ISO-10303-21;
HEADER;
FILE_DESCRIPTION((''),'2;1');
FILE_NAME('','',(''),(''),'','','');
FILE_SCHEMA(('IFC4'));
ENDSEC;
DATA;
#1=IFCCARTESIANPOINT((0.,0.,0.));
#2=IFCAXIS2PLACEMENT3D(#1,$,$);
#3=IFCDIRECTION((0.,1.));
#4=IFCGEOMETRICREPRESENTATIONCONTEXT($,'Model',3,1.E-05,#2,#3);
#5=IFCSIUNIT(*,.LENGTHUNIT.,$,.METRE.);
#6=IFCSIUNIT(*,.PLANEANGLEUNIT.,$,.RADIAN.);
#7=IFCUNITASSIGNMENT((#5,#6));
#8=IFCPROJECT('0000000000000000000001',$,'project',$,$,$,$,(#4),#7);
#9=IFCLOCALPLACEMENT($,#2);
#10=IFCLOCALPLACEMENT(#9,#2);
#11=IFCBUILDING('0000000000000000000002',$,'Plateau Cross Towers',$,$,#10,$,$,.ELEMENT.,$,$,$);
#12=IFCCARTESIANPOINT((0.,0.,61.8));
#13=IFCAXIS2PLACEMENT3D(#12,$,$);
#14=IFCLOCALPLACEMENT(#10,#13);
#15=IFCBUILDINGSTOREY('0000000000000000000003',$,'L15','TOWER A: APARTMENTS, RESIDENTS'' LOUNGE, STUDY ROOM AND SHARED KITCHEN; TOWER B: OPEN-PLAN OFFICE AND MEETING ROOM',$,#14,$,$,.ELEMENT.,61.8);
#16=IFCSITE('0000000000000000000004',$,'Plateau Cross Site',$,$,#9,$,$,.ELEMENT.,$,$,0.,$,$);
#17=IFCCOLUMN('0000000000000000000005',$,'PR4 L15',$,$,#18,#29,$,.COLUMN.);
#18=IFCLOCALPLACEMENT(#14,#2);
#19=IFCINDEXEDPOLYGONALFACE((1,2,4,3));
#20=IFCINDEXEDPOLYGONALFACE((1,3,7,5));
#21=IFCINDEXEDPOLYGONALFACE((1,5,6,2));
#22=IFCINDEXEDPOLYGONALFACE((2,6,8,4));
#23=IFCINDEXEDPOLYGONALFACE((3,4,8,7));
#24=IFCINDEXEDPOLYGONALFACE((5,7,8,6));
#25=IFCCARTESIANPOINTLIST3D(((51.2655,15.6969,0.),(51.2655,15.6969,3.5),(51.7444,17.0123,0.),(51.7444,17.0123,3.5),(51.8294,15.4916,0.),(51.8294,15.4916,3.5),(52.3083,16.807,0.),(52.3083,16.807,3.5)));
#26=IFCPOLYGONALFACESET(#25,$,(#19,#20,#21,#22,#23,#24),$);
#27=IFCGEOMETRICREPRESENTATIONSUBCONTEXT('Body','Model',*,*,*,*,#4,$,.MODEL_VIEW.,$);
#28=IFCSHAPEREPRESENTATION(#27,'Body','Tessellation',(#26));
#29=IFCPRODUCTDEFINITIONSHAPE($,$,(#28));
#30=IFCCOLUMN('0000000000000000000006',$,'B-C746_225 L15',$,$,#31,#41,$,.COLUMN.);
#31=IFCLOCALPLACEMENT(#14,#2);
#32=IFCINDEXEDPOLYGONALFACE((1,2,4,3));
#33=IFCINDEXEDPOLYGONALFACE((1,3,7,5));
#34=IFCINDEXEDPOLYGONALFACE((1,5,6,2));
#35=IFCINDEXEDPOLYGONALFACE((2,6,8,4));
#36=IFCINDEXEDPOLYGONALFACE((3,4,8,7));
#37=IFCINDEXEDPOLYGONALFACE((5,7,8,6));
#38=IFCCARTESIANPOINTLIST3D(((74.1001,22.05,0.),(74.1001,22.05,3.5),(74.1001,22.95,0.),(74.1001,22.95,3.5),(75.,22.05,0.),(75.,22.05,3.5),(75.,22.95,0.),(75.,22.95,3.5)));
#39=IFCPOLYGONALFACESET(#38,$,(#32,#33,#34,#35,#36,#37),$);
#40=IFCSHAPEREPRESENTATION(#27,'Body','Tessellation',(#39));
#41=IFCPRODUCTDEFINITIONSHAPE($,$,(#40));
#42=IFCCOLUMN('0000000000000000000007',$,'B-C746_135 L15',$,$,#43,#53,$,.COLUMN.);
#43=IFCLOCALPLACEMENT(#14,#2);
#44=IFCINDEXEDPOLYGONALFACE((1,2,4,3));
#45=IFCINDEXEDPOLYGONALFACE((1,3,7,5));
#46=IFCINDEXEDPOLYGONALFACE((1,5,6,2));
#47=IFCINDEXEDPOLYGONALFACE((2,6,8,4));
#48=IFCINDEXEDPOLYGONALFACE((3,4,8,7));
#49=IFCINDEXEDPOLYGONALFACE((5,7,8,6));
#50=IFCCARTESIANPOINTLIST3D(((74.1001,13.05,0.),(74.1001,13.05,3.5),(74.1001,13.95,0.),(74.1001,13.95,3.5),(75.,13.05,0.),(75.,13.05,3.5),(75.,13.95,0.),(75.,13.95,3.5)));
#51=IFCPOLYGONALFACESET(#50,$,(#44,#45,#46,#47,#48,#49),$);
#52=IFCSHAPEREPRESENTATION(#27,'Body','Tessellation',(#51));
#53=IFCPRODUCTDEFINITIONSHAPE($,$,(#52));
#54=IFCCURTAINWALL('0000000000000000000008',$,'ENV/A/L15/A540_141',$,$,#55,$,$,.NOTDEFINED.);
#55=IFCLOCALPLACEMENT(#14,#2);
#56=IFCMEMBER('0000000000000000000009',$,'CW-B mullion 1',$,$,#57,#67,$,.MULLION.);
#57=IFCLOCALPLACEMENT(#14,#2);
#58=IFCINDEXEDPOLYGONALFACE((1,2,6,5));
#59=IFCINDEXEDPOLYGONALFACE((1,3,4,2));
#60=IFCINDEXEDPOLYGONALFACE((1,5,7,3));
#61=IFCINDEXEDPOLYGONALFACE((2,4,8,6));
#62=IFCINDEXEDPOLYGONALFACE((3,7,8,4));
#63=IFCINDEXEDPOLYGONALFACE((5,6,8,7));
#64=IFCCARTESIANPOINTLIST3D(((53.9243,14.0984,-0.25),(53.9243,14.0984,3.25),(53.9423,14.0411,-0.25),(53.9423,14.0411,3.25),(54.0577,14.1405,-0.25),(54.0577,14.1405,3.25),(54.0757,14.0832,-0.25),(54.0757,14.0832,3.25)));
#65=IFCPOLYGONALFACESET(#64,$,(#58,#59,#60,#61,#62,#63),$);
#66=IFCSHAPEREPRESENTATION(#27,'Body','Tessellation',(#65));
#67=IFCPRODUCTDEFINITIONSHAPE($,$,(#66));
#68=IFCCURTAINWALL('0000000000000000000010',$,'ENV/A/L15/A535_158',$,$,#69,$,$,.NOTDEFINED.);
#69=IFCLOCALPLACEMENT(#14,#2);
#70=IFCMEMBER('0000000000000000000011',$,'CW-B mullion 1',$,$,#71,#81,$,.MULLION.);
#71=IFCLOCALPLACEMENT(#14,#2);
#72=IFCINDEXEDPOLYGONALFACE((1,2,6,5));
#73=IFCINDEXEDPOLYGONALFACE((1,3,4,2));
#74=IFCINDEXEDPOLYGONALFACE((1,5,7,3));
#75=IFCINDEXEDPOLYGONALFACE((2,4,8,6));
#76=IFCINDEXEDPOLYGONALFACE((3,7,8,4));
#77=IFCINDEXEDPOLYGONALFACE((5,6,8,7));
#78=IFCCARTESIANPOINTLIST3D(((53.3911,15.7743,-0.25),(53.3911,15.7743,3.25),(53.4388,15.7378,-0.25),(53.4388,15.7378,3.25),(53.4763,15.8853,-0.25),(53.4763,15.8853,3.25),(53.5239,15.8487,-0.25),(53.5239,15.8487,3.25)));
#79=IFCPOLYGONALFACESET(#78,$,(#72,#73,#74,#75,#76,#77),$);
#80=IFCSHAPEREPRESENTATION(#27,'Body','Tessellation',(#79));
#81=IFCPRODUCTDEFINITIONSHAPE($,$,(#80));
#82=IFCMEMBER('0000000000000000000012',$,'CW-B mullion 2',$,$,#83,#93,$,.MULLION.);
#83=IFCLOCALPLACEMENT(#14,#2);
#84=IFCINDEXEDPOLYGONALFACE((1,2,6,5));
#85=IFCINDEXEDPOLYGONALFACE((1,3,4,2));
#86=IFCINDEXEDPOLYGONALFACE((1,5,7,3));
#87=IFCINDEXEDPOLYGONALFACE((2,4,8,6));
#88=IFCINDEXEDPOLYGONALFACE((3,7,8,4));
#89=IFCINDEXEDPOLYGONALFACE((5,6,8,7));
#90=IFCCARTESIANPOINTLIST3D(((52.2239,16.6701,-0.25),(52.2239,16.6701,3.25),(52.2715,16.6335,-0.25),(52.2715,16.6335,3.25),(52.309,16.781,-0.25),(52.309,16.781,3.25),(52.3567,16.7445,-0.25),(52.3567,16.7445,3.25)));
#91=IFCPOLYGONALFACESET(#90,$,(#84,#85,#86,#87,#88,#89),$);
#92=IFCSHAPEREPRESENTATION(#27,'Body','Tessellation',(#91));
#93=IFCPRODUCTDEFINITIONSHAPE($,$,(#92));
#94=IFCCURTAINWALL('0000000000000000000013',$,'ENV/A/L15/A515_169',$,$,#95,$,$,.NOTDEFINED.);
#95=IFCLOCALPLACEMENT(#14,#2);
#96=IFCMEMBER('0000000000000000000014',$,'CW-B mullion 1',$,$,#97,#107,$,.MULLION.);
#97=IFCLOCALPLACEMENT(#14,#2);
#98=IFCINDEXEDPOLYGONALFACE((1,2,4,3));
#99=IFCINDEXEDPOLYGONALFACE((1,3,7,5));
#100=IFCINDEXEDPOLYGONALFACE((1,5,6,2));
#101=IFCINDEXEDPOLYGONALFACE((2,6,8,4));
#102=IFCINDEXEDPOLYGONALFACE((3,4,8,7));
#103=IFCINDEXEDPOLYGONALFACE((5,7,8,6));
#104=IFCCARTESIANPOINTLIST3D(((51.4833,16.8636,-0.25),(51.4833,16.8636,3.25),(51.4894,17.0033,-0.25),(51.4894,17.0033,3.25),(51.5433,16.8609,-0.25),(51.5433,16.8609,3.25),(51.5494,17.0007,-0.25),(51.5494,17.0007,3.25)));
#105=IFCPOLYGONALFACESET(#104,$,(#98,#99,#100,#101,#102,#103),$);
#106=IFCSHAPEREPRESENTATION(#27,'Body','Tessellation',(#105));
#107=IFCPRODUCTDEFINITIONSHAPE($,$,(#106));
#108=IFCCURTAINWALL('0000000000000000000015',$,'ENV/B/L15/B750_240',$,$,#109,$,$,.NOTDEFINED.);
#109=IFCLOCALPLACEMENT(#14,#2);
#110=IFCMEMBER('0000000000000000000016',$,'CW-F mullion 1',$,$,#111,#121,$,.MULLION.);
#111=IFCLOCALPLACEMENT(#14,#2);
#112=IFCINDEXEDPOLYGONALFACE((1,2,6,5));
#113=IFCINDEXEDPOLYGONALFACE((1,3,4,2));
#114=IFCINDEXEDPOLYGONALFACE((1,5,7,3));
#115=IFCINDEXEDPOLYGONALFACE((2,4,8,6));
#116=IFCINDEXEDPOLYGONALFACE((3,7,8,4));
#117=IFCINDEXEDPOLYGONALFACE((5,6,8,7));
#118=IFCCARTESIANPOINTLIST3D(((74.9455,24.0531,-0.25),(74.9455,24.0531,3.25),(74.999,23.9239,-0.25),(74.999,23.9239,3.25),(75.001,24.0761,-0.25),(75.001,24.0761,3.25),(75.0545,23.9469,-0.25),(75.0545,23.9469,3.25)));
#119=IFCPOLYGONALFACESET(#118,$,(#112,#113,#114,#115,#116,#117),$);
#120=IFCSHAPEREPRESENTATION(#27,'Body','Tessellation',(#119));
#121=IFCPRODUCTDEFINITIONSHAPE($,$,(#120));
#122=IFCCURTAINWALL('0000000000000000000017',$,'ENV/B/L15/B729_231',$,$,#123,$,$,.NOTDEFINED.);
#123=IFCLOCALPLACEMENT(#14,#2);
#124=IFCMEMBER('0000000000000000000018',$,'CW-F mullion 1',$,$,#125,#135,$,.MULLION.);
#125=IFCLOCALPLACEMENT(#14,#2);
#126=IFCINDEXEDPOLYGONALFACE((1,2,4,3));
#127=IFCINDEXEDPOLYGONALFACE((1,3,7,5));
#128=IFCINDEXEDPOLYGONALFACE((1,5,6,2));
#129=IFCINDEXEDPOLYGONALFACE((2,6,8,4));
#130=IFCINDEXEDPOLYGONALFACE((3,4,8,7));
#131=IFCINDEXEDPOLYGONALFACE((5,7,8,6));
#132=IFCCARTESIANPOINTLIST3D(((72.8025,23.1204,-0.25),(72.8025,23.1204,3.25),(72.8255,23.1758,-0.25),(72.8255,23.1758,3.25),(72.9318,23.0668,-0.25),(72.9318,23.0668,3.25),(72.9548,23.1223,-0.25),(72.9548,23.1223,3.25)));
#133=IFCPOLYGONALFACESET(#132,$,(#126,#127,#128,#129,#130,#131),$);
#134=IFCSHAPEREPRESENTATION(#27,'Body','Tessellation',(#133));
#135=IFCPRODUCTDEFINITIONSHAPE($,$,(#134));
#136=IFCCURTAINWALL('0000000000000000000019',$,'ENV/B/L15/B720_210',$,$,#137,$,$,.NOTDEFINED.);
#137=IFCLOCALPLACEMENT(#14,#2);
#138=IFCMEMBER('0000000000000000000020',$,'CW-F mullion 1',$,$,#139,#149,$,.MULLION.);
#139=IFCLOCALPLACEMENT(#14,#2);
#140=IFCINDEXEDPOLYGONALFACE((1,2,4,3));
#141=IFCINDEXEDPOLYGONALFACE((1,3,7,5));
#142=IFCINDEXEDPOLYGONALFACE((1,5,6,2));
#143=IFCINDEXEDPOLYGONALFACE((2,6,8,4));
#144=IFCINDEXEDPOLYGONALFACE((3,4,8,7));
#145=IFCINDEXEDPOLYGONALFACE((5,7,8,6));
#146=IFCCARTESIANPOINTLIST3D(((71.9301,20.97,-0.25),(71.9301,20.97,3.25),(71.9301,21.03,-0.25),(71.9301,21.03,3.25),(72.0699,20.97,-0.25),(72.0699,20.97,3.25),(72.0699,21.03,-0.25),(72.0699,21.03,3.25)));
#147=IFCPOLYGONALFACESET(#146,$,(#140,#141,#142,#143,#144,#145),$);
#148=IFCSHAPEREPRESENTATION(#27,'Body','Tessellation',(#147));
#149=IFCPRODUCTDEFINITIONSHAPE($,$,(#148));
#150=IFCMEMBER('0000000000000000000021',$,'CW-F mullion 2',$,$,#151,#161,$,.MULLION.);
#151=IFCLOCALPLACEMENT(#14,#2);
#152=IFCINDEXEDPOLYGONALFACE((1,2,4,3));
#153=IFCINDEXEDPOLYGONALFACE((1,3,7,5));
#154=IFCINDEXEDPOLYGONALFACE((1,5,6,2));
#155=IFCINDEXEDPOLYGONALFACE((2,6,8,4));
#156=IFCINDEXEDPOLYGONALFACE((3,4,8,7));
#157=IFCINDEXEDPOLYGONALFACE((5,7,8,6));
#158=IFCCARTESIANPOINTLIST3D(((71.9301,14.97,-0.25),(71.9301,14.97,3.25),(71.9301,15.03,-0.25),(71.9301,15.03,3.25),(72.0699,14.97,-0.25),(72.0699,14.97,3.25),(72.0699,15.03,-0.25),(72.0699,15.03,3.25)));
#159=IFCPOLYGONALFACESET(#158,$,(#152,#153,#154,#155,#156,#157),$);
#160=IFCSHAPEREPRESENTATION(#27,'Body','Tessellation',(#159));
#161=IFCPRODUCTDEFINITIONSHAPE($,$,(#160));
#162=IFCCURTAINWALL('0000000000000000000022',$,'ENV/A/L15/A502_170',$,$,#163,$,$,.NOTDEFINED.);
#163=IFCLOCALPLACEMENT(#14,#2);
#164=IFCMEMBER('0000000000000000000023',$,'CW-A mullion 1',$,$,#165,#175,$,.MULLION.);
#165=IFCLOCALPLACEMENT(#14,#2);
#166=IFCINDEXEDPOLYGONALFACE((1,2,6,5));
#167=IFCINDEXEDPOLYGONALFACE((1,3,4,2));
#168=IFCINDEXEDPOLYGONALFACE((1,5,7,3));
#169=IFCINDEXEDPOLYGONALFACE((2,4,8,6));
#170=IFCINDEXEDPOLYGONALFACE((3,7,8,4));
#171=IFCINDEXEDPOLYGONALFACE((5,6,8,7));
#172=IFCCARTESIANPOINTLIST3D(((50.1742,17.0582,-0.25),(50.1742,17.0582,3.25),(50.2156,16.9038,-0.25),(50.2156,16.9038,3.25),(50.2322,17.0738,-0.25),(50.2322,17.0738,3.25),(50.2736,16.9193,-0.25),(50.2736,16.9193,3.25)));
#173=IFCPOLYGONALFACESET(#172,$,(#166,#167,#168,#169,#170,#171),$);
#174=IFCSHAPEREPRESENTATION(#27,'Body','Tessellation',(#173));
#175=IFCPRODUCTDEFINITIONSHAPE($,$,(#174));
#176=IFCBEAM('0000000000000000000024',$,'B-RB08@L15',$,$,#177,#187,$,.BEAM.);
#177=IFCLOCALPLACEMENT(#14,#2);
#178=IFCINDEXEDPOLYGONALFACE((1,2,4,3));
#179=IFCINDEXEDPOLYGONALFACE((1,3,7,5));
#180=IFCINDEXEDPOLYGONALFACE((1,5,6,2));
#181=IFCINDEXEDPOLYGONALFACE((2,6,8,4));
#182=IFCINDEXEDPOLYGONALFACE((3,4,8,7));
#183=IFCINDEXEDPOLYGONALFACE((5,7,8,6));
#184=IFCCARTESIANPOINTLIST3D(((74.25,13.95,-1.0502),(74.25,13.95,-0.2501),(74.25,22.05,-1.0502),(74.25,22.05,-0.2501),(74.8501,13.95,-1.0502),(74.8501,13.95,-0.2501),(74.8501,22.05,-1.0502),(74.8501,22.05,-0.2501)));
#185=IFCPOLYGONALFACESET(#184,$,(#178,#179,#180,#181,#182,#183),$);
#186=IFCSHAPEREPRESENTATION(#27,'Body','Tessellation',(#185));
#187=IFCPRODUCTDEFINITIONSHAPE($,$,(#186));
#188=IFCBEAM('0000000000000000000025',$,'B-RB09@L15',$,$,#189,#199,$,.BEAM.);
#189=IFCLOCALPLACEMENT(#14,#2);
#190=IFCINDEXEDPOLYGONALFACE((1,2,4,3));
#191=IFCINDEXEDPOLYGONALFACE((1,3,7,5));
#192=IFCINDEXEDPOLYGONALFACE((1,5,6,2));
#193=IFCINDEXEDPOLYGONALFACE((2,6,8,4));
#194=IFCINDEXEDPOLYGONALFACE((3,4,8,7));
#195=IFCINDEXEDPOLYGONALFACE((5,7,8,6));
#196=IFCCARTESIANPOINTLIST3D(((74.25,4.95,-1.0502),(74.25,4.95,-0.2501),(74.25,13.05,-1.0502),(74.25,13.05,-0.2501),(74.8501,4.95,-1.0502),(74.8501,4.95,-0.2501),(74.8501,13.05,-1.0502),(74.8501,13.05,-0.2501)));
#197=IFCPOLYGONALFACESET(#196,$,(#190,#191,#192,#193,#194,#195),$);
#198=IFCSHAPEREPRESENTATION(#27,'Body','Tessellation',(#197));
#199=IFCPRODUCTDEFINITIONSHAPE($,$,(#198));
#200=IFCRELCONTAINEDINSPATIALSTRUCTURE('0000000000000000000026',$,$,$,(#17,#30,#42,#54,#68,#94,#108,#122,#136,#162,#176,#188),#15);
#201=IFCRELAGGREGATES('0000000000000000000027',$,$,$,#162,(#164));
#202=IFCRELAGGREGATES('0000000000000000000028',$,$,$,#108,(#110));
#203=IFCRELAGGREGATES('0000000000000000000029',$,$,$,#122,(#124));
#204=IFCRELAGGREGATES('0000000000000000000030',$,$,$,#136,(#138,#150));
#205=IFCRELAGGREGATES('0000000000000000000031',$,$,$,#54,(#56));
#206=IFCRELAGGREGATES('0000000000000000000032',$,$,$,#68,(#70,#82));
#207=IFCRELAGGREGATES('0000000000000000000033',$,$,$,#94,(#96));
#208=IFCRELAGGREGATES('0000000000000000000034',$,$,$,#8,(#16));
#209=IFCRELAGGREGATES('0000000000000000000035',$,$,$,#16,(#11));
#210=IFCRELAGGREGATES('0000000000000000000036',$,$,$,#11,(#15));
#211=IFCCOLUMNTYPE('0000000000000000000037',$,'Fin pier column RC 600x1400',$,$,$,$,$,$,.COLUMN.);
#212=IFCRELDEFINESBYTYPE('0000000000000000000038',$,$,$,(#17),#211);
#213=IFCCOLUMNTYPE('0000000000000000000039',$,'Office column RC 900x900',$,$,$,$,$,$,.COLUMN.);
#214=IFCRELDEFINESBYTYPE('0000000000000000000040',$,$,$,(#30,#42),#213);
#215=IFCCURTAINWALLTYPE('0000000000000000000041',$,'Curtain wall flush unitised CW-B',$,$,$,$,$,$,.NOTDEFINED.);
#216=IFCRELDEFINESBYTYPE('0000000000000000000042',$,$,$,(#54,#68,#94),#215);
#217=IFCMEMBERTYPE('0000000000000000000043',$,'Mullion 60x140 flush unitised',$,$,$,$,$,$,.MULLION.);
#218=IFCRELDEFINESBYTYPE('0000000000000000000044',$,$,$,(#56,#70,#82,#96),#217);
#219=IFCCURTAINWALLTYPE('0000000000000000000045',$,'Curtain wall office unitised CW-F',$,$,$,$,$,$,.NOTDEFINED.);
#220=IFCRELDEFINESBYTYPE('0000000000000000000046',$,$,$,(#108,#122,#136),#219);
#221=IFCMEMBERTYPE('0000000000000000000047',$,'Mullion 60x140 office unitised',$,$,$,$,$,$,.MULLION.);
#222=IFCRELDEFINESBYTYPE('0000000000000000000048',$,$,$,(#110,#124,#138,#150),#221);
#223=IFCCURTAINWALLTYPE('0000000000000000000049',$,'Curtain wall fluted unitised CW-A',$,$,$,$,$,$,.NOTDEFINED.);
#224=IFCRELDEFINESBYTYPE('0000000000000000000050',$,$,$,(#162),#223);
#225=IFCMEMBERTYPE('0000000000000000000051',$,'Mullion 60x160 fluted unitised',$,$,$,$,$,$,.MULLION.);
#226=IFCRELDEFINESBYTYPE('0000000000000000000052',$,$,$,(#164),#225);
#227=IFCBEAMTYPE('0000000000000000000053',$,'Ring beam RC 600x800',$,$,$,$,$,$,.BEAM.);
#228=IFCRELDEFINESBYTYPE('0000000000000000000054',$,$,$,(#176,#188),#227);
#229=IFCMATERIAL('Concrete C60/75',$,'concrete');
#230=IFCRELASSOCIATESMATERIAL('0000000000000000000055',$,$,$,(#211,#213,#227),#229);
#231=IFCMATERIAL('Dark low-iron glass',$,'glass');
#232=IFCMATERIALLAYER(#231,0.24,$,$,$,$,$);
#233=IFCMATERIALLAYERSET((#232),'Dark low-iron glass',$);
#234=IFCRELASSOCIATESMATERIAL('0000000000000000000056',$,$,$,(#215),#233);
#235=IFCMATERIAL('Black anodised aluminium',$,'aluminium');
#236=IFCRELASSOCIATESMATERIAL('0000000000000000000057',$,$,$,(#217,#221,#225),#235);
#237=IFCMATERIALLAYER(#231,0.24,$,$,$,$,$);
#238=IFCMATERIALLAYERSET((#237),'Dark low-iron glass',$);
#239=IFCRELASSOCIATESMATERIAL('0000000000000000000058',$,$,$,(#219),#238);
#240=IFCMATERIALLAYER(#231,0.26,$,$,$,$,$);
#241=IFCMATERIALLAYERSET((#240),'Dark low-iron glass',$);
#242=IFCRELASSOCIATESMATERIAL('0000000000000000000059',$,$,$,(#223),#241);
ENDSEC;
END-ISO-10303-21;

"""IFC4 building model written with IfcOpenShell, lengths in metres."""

from ifc_helpers import new_model, si_unit, direction, frame, origin, origin_2d, place, context, subcontext, project, spatial, rectangle, extrude, material, layer, layer_set, material_profile, profile_set, type_object, element, aggregate, save


model = new_model("IFC4")

# Units and contexts
model_context = context("Model", 3, precision=1e-05, world=origin(), true_north=direction((0.0, 1.0)))
body_context = subcontext(model_context, "Body", "Model", "MODEL_VIEW")
ifc_project = project(units=[si_unit("LENGTHUNIT", "METRE"), si_unit("PLANEANGLEUNIT", "RADIAN")], contexts=[model_context])

# Site, building, storey
site_placement = place(None, origin())
site = spatial("IfcSite", under=ifc_project, at=site_placement, Name="Plateau Cross Site", CompositionType="ELEMENT", RefElevation=0.0)
building_placement = place(site_placement, origin())
building = spatial("IfcBuilding", under=site, at=building_placement, Name="Plateau Cross Towers", CompositionType="ELEMENT")
storey_placement = place(building_placement, frame((0.0, 0.0, 61.8)))
storey = spatial("IfcBuildingStorey", under=building, at=storey_placement, Name="L15", Description="TOWER A: APARTMENTS, RESIDENTS' LOUNGE, STUDY ROOM AND SHARED KITCHEN; TOWER B: OPEN-PLAN OFFICE AND MEETING ROOM", CompositionType="ELEMENT", Elevation=61.8)

# Columns
ifc_material_1 = material(Name="Concrete C60/75", Category="concrete")
ifc_material_profile_1 = material_profile(ifc_material_1, rectangle(XDim=0.6001, YDim=1.3999, at=origin_2d()), Name="RC 600x1400")
ifc_profile_set_1 = profile_set([ifc_material_profile_1], Name="Concrete C60/75")
column_type_1 = type_object("IfcColumnType", Name="Fin pier column RC 600x1400", PredefinedType="COLUMN", material=ifc_profile_set_1)
column_placement = place(storey_placement, frame((51.7869, 16.252, 0.0), z_axis=(0.0, 0.0, 1.0), x_axis=(-0.939664, 0.342098, 0.0)))
element("IfcColumn", 1, at=column_placement, inside=storey, type_object=column_type_1, Name="PR4 L15", PredefinedType="COLUMN", context=body_context, shape_type="SweptSolid", body=[
    extrude(rectangle(XDim=0.6001, YDim=1.3999, at=origin_2d()), origin(), (0.0, 0.0, 1.0), 3.5),
])
ifc_material_profile_2 = material_profile(ifc_material_1, rectangle(XDim=0.8999, YDim=0.8999, at=origin_2d()), Name="RC 900x900")
ifc_profile_set_2 = profile_set([ifc_material_profile_2], Name="Concrete C60/75")
column_type_2 = type_object("IfcColumnType", Name="Office column RC 900x900", PredefinedType="COLUMN", material=ifc_profile_set_2)
for number, where, z_axis, x_axis, name in (
    (2, (74.55, 22.5, 0.0), (0.0, 0.0, 1.0), (1.0, 0.0, 0.0), "B-C746_225 L15"),
    (3, (74.55, 13.5, 0.0), (0.0, 0.0, 1.0), (1.0, 0.0, 0.0), "B-C746_135 L15"),
):
    element("IfcColumn", number, at=place(storey_placement, frame(where, z_axis=z_axis, x_axis=x_axis)), inside=storey, type_object=column_type_2, Name=name, PredefinedType="COLUMN", context=body_context, shape_type="SweptSolid", body=[
        extrude(rectangle(XDim=0.8999, YDim=0.8999, at=origin_2d()), origin(), (0.0, 0.0, 1.0), 3.5),
    ])

# Curtain wall, member
ifc_material_2 = material(Name="Dark low-iron glass", Category="glass")
ifc_layer_1 = layer(ifc_material_2, 0.24)
ifc_layer_set_1 = layer_set([ifc_layer_1], Name="Dark low-iron glass")
curtain_wall_type_1 = type_object("IfcCurtainWallType", Name="Curtain wall flush unitised CW-B", PredefinedType="NOTDEFINED", material=ifc_layer_set_1)
curtain_wall_1_placement = place(storey_placement, origin())
curtain_wall_1 = element("IfcCurtainWall", 4, at=curtain_wall_1_placement, inside=storey, type_object=curtain_wall_type_1, Name="ENV/A/L15/A540_141", PredefinedType="NOTDEFINED")
ifc_material_3 = material(Name="Black anodised aluminium", Category="aluminium")
ifc_material_profile_3 = material_profile(ifc_material_3, rectangle(XDim=0.0601, YDim=0.1399, at=origin_2d()), Name="MULLION 60x140")
ifc_profile_set_3 = profile_set([ifc_material_profile_3], Name="Black anodised aluminium")
member_type_1 = type_object("IfcMemberType", Name="Mullion 60x140 flush unitised", PredefinedType="MULLION", material=ifc_profile_set_3)
member_1_placement = place(storey_placement, frame((54.0, 14.0908, -0.25), z_axis=(0.0, 0.0, 1.0), x_axis=(-0.300686, 0.953723, 0.0)))
member_1 = element("IfcMember", 5, at=member_1_placement, type_object=member_type_1, Name="CW-B mullion 1", PredefinedType="MULLION", context=body_context, shape_type="SweptSolid", body=[
    extrude(rectangle(XDim=0.0601, YDim=0.1399, at=origin_2d()), origin(), (0.0, 0.0, 1.0), 3.5),
])

# Curtain wall, members
curtain_wall_2_placement = place(storey_placement, origin())
curtain_wall_2 = element("IfcCurtainWall", 6, at=curtain_wall_2_placement, inside=storey, type_object=curtain_wall_type_1, Name="ENV/A/L15/A535_158", PredefinedType="NOTDEFINED")
member_2_placement = place(storey_placement, frame((53.4575, 15.8115, -0.25), z_axis=(0.0, 0.0, 1.0), x_axis=(-0.793316, 0.608811, 0.0)))
member_2 = element("IfcMember", 7, at=member_2_placement, type_object=member_type_1, Name="CW-B mullion 1", PredefinedType="MULLION", context=body_context, shape_type="SweptSolid", body=[
    extrude(rectangle(XDim=0.0601, YDim=0.1399, at=origin_2d()), origin(), (0.0, 0.0, 1.0), 3.5),
])
member_3_placement = place(storey_placement, frame((52.2903, 16.7073, -0.25), z_axis=(0.0, 0.0, 1.0), x_axis=(-0.793316, 0.608811, 0.0)))
member_3 = element("IfcMember", 8, at=member_3_placement, type_object=member_type_1, Name="CW-B mullion 2", PredefinedType="MULLION", context=body_context, shape_type="SweptSolid", body=[
    extrude(rectangle(XDim=0.0601, YDim=0.1399, at=origin_2d()), origin(), (0.0, 0.0, 1.0), 3.5),
])

# Curtain walls, members
curtain_wall_3_placement = place(storey_placement, origin())
curtain_wall_3 = element("IfcCurtainWall", 9, at=curtain_wall_3_placement, inside=storey, type_object=curtain_wall_type_1, Name="ENV/A/L15/A515_169", PredefinedType="NOTDEFINED")
member_4_placement = place(storey_placement, frame((51.5164, 16.9321, -0.25), z_axis=(0.0, 0.0, 1.0), x_axis=(-0.999044, 0.043723, 0.0)))
member_4 = element("IfcMember", 10, at=member_4_placement, type_object=member_type_1, Name="CW-B mullion 1", PredefinedType="MULLION", context=body_context, shape_type="SweptSolid", body=[
    extrude(rectangle(XDim=0.0601, YDim=0.1399, at=origin_2d()), origin(), (0.0, 0.0, 1.0), 3.5),
])
ifc_layer_2 = layer(ifc_material_2, 0.24)
ifc_layer_set_2 = layer_set([ifc_layer_2], Name="Dark low-iron glass")
curtain_wall_type_2 = type_object("IfcCurtainWallType", Name="Curtain wall office unitised CW-F", PredefinedType="NOTDEFINED", material=ifc_layer_set_2)
curtain_wall_4_placement = place(storey_placement, origin())
curtain_wall_4 = element("IfcCurtainWall", 11, at=curtain_wall_4_placement, inside=storey, type_object=curtain_wall_type_2, Name="ENV/B/L15/B750_240", PredefinedType="NOTDEFINED")
ifc_material_profile_4 = material_profile(ifc_material_3, rectangle(XDim=0.0601, YDim=0.1399, at=origin_2d()), Name="MULLION 60x140")
ifc_profile_set_4 = profile_set([ifc_material_profile_4], Name="Black anodised aluminium")
member_type_2 = type_object("IfcMemberType", Name="Mullion 60x140 office unitised", PredefinedType="MULLION", material=ifc_profile_set_4)
member_5_placement = place(storey_placement, frame((75.0, 24.0, -0.25), z_axis=(0.0, 0.0, 1.0), x_axis=(-0.923879, -0.382684, 0.0)))
member_5 = element("IfcMember", 12, at=member_5_placement, type_object=member_type_2, Name="CW-F mullion 1", PredefinedType="MULLION", context=body_context, shape_type="SweptSolid", body=[
    extrude(rectangle(XDim=0.0601, YDim=0.1399, at=origin_2d()), origin(), (0.0, 0.0, 1.0), 3.5),
])
curtain_wall_5_placement = place(storey_placement, origin())
curtain_wall_5 = element("IfcCurtainWall", 13, at=curtain_wall_5_placement, inside=storey, type_object=curtain_wall_type_2, Name="ENV/B/L15/B729_231", PredefinedType="NOTDEFINED")
member_6_placement = place(storey_placement, frame((72.8787, 23.1213, -0.25), z_axis=(0.0, 0.0, 1.0), x_axis=(-0.382684, -0.923879, 0.0)))
member_6 = element("IfcMember", 14, at=member_6_placement, type_object=member_type_2, Name="CW-F mullion 1", PredefinedType="MULLION", context=body_context, shape_type="SweptSolid", body=[
    extrude(rectangle(XDim=0.0601, YDim=0.1399, at=origin_2d()), origin(), (0.0, 0.0, 1.0), 3.5),
])

# Curtain wall, members
curtain_wall_6_placement = place(storey_placement, origin())
curtain_wall_6 = element("IfcCurtainWall", 15, at=curtain_wall_6_placement, inside=storey, type_object=curtain_wall_type_2, Name="ENV/B/L15/B720_210", PredefinedType="NOTDEFINED")
member_7_placement = place(storey_placement, frame((72.0, 21.0, -0.25), z_axis=(0.0, 0.0, 1.0), x_axis=(0.0, -1.0, 0.0)))
member_7 = element("IfcMember", 16, at=member_7_placement, type_object=member_type_2, Name="CW-F mullion 1", PredefinedType="MULLION", context=body_context, shape_type="SweptSolid", body=[
    extrude(rectangle(XDim=0.0601, YDim=0.1399, at=origin_2d()), origin(), (0.0, 0.0, 1.0), 3.5),
])
member_8_placement = place(storey_placement, frame((72.0, 15.0, -0.25), z_axis=(0.0, 0.0, 1.0), x_axis=(0.0, -1.0, 0.0)))
member_8 = element("IfcMember", 17, at=member_8_placement, type_object=member_type_2, Name="CW-F mullion 2", PredefinedType="MULLION", context=body_context, shape_type="SweptSolid", body=[
    extrude(rectangle(XDim=0.0601, YDim=0.1399, at=origin_2d()), origin(), (0.0, 0.0, 1.0), 3.5),
])

# Curtain wall, member
ifc_layer_3 = layer(ifc_material_2, 0.26)
ifc_layer_set_3 = layer_set([ifc_layer_3], Name="Dark low-iron glass")
curtain_wall_type_3 = type_object("IfcCurtainWallType", Name="Curtain wall fluted unitised CW-A", PredefinedType="NOTDEFINED", material=ifc_layer_set_3)
curtain_wall_7_placement = place(storey_placement, origin())
curtain_wall_7 = element("IfcCurtainWall", 18, at=curtain_wall_7_placement, inside=storey, type_object=curtain_wall_type_3, Name="ENV/A/L15/A502_170", PredefinedType="NOTDEFINED")
ifc_material_profile_5 = material_profile(ifc_material_3, rectangle(XDim=0.0601, YDim=0.1599, at=origin_2d()), Name="MULLION 60x160")
ifc_profile_set_5 = profile_set([ifc_material_profile_5], Name="Black anodised aluminium")
member_type_3 = type_object("IfcMemberType", Name="Mullion 60x160 fluted unitised", PredefinedType="MULLION", material=ifc_profile_set_5)
member_9_placement = place(storey_placement, frame((50.2239, 16.9888, -0.25), z_axis=(0.0, 0.0, 1.0), x_axis=(-0.965958, -0.258699, 0.0)))
member_9 = element("IfcMember", 19, at=member_9_placement, type_object=member_type_3, Name="CW-A mullion 1", PredefinedType="MULLION", context=body_context, shape_type="SweptSolid", body=[
    extrude(rectangle(XDim=0.0601, YDim=0.1599, at=origin_2d()), origin(), (0.0, 0.0, 1.0), 3.5),
])

# Beams
ifc_material_profile_6 = material_profile(ifc_material_1, rectangle(XDim=0.6001, YDim=0.8, at=origin_2d()), Name="RC 600x800")
ifc_profile_set_6 = profile_set([ifc_material_profile_6], Name="Concrete C60/75")
beam_type = type_object("IfcBeamType", Name="Ring beam RC 600x800", PredefinedType="BEAM", material=ifc_profile_set_6)
for number, where, z_axis, x_axis, name in (
    (20, (74.55, 22.05, -0.6501), (0.0, -1.0, 0.0), (1.0, 0.0, 0.0), "B-RB08@L15"),
    (21, (74.55, 13.05, -0.6501), (0.0, -1.0, 0.0), (1.0, 0.0, 0.0), "B-RB09@L15"),
):
    element("IfcBeam", number, at=place(storey_placement, frame(where, z_axis=z_axis, x_axis=x_axis)), inside=storey, type_object=beam_type, Name=name, PredefinedType="BEAM", context=body_context, shape_type="SweptSolid", body=[
        extrude(rectangle(XDim=0.6001, YDim=0.8, at=origin_2d()), origin(), (0.0, 0.0, 1.0), 8.1001),
    ])

aggregate(curtain_wall_7, [member_9])

aggregate(curtain_wall_4, [member_5])
aggregate(curtain_wall_5, [member_6])
aggregate(curtain_wall_6, [member_7, member_8])

aggregate(curtain_wall_1, [member_1])
aggregate(curtain_wall_2, [member_2, member_3])
aggregate(curtain_wall_3, [member_4])

save(model, "model.ifc")
